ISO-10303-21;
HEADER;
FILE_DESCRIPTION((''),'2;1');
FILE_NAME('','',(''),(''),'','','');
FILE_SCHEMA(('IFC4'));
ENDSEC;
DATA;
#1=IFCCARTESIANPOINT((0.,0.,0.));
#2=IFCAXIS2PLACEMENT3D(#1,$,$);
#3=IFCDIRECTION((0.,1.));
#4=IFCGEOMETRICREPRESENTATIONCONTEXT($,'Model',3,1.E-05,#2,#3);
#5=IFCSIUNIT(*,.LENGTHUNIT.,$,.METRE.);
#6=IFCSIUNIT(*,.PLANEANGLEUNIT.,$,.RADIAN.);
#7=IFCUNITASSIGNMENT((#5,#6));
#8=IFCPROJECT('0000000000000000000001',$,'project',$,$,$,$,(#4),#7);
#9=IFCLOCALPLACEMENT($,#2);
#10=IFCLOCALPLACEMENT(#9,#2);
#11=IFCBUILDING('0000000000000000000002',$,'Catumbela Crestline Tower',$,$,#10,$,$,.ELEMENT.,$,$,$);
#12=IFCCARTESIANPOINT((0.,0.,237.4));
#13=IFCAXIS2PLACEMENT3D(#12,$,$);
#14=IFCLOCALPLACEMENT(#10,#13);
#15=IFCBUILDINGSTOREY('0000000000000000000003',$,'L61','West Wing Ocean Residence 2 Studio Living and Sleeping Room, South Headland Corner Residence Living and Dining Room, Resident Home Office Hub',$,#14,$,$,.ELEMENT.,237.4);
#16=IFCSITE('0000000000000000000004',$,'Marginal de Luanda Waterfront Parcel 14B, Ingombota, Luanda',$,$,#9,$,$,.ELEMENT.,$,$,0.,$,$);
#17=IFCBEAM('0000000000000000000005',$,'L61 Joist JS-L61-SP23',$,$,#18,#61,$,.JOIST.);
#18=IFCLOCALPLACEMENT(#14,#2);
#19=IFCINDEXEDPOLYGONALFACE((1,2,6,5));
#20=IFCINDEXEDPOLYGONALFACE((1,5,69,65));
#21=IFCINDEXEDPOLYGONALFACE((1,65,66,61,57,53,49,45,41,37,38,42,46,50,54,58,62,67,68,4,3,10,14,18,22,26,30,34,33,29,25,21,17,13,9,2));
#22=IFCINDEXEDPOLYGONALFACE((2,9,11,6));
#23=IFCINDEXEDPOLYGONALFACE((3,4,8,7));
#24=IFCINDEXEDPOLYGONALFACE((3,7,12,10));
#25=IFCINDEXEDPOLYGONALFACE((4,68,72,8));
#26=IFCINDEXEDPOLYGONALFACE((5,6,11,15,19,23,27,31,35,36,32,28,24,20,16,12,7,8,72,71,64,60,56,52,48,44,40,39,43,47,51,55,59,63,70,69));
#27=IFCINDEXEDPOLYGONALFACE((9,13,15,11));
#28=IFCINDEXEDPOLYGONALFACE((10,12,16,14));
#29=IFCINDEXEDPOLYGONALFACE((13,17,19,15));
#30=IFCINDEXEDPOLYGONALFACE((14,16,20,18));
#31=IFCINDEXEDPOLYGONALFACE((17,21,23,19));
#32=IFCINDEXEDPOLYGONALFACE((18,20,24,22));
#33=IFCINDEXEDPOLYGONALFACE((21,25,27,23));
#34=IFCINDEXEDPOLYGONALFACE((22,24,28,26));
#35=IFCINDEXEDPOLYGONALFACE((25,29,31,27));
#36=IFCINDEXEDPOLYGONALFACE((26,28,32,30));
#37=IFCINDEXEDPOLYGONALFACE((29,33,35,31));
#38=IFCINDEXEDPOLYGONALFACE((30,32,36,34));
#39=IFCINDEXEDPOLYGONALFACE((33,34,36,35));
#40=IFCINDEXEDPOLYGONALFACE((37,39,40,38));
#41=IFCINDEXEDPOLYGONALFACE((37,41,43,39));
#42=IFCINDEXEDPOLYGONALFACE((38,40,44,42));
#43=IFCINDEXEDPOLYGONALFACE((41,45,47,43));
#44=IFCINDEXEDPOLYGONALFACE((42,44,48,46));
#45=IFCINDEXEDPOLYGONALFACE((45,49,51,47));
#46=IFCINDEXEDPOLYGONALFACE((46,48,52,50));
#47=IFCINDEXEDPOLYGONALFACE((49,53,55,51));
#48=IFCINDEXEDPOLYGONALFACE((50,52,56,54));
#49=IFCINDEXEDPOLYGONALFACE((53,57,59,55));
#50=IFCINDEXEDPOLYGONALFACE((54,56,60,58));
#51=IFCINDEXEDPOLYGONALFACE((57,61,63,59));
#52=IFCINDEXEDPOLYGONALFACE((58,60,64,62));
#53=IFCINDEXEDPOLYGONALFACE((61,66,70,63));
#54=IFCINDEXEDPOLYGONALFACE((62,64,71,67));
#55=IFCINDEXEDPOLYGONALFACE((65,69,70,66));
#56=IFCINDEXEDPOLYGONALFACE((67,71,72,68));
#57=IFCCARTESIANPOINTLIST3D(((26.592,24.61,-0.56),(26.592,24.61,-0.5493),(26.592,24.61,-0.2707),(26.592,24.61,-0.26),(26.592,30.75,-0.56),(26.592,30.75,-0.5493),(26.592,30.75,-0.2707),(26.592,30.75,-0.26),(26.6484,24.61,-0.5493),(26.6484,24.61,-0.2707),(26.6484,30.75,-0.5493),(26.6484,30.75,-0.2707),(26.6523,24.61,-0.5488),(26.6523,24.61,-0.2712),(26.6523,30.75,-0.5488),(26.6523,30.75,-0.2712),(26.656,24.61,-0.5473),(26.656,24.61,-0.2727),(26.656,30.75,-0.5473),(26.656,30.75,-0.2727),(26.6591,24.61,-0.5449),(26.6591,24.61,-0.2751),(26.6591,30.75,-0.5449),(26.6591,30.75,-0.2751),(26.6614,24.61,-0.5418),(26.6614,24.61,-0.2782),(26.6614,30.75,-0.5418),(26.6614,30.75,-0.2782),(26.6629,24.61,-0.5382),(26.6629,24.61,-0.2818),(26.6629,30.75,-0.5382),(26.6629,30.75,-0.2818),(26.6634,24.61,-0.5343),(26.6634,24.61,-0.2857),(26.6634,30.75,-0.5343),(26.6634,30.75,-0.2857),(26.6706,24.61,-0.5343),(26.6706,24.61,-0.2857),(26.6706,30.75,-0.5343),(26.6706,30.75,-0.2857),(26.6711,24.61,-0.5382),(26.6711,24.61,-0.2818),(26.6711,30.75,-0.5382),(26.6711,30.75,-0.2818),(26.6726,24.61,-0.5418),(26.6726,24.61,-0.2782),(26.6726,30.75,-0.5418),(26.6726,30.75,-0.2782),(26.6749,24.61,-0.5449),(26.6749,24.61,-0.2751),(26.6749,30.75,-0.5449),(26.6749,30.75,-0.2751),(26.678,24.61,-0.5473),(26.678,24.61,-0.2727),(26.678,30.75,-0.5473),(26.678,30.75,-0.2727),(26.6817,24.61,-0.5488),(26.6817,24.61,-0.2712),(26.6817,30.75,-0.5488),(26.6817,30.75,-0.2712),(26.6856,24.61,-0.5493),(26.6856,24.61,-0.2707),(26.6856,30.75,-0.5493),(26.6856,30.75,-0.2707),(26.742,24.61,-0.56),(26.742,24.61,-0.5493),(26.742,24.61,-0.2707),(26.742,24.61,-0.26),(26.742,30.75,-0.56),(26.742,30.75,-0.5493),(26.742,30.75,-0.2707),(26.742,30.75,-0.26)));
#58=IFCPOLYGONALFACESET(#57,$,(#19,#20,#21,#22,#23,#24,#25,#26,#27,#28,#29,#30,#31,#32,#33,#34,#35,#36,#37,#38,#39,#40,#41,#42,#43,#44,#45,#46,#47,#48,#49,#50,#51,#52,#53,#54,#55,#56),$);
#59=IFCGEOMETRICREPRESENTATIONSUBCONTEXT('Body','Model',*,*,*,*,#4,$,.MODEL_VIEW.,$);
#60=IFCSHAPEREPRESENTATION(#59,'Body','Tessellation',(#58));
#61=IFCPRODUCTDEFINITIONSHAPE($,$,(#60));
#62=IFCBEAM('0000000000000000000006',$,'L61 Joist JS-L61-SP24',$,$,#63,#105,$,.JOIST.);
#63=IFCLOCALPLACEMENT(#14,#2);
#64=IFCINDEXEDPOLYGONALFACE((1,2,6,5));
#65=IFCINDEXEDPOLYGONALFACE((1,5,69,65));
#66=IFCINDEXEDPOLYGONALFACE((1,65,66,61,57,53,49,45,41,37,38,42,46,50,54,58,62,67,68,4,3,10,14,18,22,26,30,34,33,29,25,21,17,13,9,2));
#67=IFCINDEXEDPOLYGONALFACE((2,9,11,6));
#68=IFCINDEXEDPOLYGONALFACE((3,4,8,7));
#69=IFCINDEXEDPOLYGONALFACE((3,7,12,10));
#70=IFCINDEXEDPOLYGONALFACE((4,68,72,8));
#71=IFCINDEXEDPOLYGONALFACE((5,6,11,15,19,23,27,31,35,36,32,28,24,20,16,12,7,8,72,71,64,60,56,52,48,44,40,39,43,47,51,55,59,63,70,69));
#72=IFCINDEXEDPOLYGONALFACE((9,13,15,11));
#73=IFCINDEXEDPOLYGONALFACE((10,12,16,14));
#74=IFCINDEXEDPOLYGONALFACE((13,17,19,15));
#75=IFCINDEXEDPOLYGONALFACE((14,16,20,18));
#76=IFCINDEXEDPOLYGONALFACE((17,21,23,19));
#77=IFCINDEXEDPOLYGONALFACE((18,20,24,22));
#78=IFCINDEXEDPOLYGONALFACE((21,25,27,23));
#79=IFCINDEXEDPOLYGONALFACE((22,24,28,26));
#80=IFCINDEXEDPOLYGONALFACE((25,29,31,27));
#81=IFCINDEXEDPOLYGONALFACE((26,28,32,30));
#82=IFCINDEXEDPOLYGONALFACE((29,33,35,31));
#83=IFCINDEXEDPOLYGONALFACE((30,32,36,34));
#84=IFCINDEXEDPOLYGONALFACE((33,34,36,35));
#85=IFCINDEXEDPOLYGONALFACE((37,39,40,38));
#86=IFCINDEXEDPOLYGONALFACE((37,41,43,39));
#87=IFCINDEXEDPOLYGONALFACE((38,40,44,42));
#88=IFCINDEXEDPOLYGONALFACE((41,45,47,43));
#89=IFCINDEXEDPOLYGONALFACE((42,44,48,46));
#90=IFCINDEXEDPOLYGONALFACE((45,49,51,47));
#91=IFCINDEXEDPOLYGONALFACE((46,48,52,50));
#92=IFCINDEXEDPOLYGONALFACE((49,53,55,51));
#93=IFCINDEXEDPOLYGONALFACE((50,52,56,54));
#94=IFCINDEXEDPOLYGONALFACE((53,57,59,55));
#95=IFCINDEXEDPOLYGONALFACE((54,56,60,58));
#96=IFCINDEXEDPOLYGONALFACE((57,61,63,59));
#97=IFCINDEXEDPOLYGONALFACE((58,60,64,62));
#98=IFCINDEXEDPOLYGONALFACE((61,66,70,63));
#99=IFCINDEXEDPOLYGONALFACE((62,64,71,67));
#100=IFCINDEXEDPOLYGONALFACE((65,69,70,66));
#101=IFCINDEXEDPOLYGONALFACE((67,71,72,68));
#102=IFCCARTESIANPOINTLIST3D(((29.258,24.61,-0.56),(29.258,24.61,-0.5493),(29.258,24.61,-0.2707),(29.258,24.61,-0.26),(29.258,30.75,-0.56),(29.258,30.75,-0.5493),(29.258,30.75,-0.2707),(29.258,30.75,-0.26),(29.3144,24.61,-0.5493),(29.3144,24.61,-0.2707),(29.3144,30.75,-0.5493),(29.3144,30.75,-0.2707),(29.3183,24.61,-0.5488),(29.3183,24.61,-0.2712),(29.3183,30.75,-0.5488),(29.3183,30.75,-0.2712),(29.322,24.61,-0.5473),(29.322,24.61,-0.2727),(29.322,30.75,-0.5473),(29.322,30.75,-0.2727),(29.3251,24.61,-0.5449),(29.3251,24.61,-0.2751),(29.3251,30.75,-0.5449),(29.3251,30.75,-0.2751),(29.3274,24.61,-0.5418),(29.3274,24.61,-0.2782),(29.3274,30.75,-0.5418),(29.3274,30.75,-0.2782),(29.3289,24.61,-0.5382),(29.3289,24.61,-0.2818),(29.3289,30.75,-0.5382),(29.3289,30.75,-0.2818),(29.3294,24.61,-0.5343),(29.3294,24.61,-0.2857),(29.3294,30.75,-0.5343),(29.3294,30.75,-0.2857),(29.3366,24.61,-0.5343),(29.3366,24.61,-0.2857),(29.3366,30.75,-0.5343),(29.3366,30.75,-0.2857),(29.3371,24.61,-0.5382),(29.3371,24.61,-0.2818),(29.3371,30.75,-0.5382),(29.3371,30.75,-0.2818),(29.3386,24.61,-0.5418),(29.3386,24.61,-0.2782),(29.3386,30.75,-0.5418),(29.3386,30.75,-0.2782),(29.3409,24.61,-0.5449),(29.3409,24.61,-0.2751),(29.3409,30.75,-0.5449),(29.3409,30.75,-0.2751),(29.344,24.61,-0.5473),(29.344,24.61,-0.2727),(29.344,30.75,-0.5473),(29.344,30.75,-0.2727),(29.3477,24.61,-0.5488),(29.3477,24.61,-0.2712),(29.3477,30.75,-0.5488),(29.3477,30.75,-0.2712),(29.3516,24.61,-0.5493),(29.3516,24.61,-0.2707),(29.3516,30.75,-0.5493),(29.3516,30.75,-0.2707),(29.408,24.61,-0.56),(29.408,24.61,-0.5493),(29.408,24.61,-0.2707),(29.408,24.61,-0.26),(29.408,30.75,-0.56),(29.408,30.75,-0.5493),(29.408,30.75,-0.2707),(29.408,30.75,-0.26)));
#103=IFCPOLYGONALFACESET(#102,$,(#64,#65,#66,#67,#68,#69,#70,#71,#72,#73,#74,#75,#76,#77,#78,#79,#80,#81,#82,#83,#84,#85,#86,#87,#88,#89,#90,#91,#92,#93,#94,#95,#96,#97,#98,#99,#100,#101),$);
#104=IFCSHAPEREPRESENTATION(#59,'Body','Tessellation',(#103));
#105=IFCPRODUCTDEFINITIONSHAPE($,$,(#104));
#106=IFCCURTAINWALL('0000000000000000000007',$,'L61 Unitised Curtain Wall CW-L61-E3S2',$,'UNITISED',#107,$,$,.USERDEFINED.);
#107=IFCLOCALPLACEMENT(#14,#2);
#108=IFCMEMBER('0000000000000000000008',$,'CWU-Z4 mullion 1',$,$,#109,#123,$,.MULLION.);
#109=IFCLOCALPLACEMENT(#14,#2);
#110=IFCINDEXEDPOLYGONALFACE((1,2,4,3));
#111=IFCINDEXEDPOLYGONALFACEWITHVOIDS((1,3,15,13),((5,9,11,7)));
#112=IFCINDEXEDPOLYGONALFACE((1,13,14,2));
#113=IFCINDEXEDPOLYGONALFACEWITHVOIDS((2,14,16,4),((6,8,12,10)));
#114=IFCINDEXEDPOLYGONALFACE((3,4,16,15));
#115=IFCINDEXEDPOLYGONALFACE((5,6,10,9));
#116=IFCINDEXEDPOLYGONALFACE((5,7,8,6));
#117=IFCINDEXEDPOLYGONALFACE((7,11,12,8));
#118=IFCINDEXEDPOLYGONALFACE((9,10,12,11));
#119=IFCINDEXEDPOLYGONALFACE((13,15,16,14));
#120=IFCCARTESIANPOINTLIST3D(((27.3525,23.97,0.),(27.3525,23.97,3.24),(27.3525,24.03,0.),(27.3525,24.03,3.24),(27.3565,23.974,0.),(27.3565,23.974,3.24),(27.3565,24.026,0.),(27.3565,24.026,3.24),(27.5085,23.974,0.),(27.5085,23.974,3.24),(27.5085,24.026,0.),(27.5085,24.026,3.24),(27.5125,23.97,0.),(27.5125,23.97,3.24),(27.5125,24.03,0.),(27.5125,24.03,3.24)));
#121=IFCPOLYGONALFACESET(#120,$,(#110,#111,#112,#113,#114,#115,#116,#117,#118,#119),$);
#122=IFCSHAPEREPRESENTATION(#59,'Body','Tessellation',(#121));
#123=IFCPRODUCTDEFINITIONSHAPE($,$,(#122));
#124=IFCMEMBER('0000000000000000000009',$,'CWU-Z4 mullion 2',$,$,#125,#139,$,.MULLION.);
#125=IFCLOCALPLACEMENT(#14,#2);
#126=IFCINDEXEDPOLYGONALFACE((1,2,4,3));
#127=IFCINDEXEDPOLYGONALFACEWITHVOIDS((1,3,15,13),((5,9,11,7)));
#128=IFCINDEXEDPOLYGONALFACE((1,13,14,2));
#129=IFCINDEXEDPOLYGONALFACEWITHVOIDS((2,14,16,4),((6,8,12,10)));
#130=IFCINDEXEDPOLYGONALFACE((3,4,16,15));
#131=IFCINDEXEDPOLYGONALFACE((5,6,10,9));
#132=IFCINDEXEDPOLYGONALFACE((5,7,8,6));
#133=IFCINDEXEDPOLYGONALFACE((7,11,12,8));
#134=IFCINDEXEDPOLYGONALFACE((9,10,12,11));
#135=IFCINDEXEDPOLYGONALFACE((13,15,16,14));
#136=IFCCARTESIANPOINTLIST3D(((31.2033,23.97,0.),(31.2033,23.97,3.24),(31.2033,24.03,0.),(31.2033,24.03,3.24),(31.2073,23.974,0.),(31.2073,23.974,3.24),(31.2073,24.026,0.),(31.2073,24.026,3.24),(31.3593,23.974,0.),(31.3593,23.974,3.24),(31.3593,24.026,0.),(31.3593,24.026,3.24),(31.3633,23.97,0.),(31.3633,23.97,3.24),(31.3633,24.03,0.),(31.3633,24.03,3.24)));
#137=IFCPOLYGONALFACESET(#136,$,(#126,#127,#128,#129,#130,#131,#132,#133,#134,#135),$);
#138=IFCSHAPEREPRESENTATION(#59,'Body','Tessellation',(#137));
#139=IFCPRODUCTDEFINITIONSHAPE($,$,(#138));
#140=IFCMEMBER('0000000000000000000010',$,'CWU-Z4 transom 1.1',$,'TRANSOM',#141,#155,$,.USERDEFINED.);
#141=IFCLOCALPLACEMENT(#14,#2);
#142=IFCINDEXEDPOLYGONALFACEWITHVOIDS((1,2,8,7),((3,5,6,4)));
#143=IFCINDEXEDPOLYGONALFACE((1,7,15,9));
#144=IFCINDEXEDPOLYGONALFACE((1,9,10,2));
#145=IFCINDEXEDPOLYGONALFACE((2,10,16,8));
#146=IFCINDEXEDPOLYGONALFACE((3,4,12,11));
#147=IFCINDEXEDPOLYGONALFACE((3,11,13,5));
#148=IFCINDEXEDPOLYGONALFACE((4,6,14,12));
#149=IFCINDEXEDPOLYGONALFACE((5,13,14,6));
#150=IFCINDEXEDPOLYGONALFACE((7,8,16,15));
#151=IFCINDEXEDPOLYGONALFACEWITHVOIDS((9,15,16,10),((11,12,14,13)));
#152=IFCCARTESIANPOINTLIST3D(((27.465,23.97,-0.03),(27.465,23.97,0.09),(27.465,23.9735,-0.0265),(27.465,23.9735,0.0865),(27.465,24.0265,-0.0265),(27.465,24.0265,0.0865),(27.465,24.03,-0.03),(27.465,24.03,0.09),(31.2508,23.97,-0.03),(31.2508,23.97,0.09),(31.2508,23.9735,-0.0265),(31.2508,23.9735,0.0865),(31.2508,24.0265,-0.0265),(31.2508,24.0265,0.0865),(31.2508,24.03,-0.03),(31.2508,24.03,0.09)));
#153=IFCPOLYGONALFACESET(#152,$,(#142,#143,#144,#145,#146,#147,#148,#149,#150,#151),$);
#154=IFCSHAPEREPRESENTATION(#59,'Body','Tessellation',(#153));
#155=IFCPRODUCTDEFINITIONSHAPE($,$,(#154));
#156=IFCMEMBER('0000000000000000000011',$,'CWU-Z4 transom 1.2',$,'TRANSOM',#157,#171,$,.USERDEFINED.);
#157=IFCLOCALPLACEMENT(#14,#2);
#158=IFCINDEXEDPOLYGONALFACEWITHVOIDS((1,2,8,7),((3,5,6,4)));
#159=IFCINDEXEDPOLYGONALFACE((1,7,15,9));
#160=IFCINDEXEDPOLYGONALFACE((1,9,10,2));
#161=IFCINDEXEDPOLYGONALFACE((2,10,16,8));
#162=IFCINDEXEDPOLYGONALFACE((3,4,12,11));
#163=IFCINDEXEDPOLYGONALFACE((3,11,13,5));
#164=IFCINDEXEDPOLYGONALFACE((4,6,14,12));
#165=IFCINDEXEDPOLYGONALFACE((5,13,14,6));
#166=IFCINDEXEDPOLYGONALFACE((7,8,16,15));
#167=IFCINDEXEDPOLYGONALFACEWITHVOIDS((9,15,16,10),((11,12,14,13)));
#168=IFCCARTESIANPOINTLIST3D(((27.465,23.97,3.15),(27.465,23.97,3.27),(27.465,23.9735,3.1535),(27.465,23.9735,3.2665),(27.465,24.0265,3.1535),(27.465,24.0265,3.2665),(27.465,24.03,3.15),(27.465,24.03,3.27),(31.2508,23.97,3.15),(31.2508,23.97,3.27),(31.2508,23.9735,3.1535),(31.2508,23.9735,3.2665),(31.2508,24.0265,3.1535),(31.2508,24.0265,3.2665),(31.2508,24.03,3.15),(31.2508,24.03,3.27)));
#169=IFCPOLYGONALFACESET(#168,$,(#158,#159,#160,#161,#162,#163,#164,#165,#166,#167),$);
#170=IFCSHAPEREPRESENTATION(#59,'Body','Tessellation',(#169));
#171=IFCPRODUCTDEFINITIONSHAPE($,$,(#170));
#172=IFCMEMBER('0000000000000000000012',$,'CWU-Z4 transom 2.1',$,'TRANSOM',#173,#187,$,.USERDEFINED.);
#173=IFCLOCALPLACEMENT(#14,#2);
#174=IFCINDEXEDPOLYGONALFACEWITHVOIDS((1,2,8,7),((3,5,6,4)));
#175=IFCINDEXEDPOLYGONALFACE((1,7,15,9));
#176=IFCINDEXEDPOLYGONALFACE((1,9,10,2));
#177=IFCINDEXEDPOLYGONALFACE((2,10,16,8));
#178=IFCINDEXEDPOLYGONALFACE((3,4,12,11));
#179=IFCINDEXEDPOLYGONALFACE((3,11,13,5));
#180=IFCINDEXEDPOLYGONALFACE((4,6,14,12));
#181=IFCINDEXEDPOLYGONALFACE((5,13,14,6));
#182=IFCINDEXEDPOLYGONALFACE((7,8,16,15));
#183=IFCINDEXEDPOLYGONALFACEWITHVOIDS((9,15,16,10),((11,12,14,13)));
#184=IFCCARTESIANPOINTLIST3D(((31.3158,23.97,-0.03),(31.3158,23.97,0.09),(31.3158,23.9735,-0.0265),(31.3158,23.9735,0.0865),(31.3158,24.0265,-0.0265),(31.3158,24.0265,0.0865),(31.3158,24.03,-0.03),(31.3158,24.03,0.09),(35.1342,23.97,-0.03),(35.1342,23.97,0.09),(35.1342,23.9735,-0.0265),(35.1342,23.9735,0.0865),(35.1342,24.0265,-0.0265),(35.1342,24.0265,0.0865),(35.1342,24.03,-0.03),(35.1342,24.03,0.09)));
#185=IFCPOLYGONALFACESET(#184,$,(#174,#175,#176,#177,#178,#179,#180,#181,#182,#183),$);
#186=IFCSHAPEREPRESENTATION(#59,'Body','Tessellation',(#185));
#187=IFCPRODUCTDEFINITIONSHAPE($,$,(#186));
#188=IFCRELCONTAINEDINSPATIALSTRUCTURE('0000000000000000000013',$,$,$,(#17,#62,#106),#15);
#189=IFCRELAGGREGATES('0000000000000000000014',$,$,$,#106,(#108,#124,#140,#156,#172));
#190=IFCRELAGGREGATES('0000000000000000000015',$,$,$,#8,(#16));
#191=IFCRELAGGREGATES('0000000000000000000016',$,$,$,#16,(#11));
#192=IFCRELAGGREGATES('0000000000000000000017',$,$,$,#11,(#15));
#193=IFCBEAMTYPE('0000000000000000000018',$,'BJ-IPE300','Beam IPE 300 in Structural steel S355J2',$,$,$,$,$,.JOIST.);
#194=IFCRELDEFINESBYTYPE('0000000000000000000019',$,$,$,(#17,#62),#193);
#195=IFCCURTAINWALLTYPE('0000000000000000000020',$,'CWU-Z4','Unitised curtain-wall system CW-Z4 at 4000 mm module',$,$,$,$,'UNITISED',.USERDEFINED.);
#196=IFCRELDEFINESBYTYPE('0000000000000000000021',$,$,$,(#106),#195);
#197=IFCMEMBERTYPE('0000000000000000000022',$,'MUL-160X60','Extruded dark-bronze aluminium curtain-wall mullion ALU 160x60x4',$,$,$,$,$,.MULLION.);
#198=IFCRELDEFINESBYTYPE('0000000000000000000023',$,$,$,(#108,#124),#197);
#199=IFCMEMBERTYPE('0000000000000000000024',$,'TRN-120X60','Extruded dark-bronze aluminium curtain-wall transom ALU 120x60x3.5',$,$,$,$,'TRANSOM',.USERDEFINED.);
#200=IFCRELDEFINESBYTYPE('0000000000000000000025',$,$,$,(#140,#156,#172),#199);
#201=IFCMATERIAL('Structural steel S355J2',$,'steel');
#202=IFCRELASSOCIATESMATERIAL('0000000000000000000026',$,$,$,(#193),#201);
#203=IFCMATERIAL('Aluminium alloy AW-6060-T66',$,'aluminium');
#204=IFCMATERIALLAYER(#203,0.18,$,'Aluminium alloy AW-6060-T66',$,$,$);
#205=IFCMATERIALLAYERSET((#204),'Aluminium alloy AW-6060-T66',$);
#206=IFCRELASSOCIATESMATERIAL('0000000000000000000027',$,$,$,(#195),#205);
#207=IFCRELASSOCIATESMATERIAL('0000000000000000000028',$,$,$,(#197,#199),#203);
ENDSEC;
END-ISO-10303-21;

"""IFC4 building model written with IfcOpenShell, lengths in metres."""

from ifc_helpers import new_model, si_unit, direction, frame, origin, origin_2d, place, context, subcontext, project, spatial, hollow_rectangle, i_section, extrude, material, layer, layer_set, material_profile, profile_set, type_object, element, aggregate, save


model = new_model("IFC4")

# Units and contexts
model_context = context("Model", 3, precision=1e-05, world=origin(), true_north=direction((0.0, 1.0)))
body_context = subcontext(model_context, "Body", "Model", "MODEL_VIEW")
ifc_project = project(units=[si_unit("LENGTHUNIT", "METRE"), si_unit("PLANEANGLEUNIT", "RADIAN")], contexts=[model_context])

# Site, building, storey
site_placement = place(None, origin())
site = spatial("IfcSite", under=ifc_project, at=site_placement, Name="Marginal de Luanda Waterfront Parcel 14B, Ingombota, Luanda", CompositionType="ELEMENT", RefElevation=0.0)
building_placement = place(site_placement, origin())
building = spatial("IfcBuilding", under=site, at=building_placement, Name="Catumbela Crestline Tower", CompositionType="ELEMENT")
storey_placement = place(building_placement, frame((0.0, 0.0, 237.4)))
storey = spatial("IfcBuildingStorey", under=building, at=storey_placement, Name="L61", Description="West Wing Ocean Residence 2 Studio Living and Sleeping Room, South Headland Corner Residence Living and Dining Room, Resident Home Office Hub", CompositionType="ELEMENT", Elevation=237.4)

# Beams
ifc_material_1 = material(Name="Structural steel S355J2", Category="steel")
ifc_material_profile_1 = material_profile(ifc_material_1, i_section(OverallWidth=0.15, OverallDepth=0.3, WebThickness=0.0071, FlangeThickness=0.0107, FilletRadius=0.015, at=origin_2d()), Name="IPE 300")
ifc_profile_set_1 = profile_set([ifc_material_profile_1], Name="Structural steel S355J2")
beam_type = type_object("IfcBeamType", Name="BJ-IPE300", Description="Beam IPE 300 in Structural steel S355J2", PredefinedType="JOIST", material=ifc_profile_set_1)
for number, where, z_axis, x_axis, name in (
    (1, (26.667, 24.61, -0.41), (0.0, 1.0, 0.0), (-1.0, 0.0, 0.0), "L61 Joist JS-L61-SP23"),
    (2, (29.333, 24.61, -0.41), (0.0, 1.0, 0.0), (-1.0, 0.0, 0.0), "L61 Joist JS-L61-SP24"),
):
    element("IfcBeam", number, at=place(storey_placement, frame(where, z_axis=z_axis, x_axis=x_axis)), inside=storey, type_object=beam_type, Name=name, PredefinedType="JOIST", context=body_context, shape_type="SweptSolid", body=[
        extrude(i_section(OverallWidth=0.15, OverallDepth=0.3, WebThickness=0.0071, FlangeThickness=0.0107, FilletRadius=0.015, at=origin_2d()), origin(), (0.0, 0.0, 1.0), 6.14),
    ])

# Curtain wall, members
ifc_material_2 = material(Name="Aluminium alloy AW-6060-T66", Category="aluminium")
ifc_layer_1 = layer(ifc_material_2, 0.18, Name="Aluminium alloy AW-6060-T66")
ifc_layer_set_1 = layer_set([ifc_layer_1], Name="Aluminium alloy AW-6060-T66")
curtain_wall_type = type_object("IfcCurtainWallType", Name="CWU-Z4", Description="Unitised curtain-wall system CW-Z4 at 4000 mm module", ElementType="UNITISED", PredefinedType="USERDEFINED", material=ifc_layer_set_1)
curtain_wall_placement = place(storey_placement, origin())
curtain_wall = element("IfcCurtainWall", 3, at=curtain_wall_placement, inside=storey, type_object=curtain_wall_type, Name="L61 Unitised Curtain Wall CW-L61-E3S2", ObjectType="UNITISED", PredefinedType="USERDEFINED")
ifc_material_profile_2 = material_profile(ifc_material_2, hollow_rectangle(XDim=0.06, YDim=0.16, WallThickness=0.004, at=origin_2d()), Name="ALU 160x60x4")
ifc_profile_set_2 = profile_set([ifc_material_profile_2], Name="Aluminium alloy AW-6060-T66")
member_type_1 = type_object("IfcMemberType", Name="MUL-160X60", Description="Extruded dark-bronze aluminium curtain-wall mullion ALU 160x60x4", PredefinedType="MULLION", material=ifc_profile_set_2)
member_1_placement = place(storey_placement, frame((27.4325, 24.0, 0.0), z_axis=(0.0, 0.0, 1.0), x_axis=(0.0, 1.0, 0.0)))
member_1 = element("IfcMember", 4, at=member_1_placement, type_object=member_type_1, Name="CWU-Z4 mullion 1", PredefinedType="MULLION", context=body_context, shape_type="SweptSolid", body=[
    extrude(hollow_rectangle(XDim=0.06, YDim=0.16, WallThickness=0.004, at=origin_2d()), origin(), (0.0, 0.0, 1.0), 3.24),
])
member_2_placement = place(storey_placement, frame((31.2833, 24.0, 0.0), z_axis=(0.0, 0.0, 1.0), x_axis=(0.0, 1.0, 0.0)))
member_2 = element("IfcMember", 5, at=member_2_placement, type_object=member_type_1, Name="CWU-Z4 mullion 2", PredefinedType="MULLION", context=body_context, shape_type="SweptSolid", body=[
    extrude(hollow_rectangle(XDim=0.06, YDim=0.16, WallThickness=0.004, at=origin_2d()), origin(), (0.0, 0.0, 1.0), 3.24),
])
ifc_material_profile_3 = material_profile(ifc_material_2, hollow_rectangle(XDim=0.06, YDim=0.12, WallThickness=0.0035, at=origin_2d()), Name="ALU 120x60x3.5")
ifc_profile_set_3 = profile_set([ifc_material_profile_3], Name="Aluminium alloy AW-6060-T66")
member_type_2 = type_object("IfcMemberType", Name="TRN-120X60", Description="Extruded dark-bronze aluminium curtain-wall transom ALU 120x60x3.5", ElementType="TRANSOM", PredefinedType="USERDEFINED", material=ifc_profile_set_3)
member_3_placement = place(storey_placement, frame((27.465, 24.0, 0.03), z_axis=(1.0, 0.0, 0.0), x_axis=(0.0, 1.0, 0.0)))
member_3 = element("IfcMember", 6, at=member_3_placement, type_object=member_type_2, Name="CWU-Z4 transom 1.1", ObjectType="TRANSOM", PredefinedType="USERDEFINED", context=body_context, shape_type="SweptSolid", body=[
    extrude(hollow_rectangle(XDim=0.06, YDim=0.12, WallThickness=0.0035, at=origin_2d()), origin(), (0.0, 0.0, 1.0), 3.7858),
])
member_4_placement = place(storey_placement, frame((27.465, 24.0, 3.21), z_axis=(1.0, 0.0, 0.0), x_axis=(0.0, 1.0, 0.0)))
member_4 = element("IfcMember", 7, at=member_4_placement, type_object=member_type_2, Name="CWU-Z4 transom 1.2", ObjectType="TRANSOM", PredefinedType="USERDEFINED", context=body_context, shape_type="SweptSolid", body=[
    extrude(hollow_rectangle(XDim=0.06, YDim=0.12, WallThickness=0.0035, at=origin_2d()), origin(), (0.0, 0.0, 1.0), 3.7858),
])
member_5_placement = place(storey_placement, frame((31.3158, 24.0, 0.03), z_axis=(1.0, 0.0, 0.0), x_axis=(0.0, 1.0, 0.0)))
member_5 = element("IfcMember", 8, at=member_5_placement, type_object=member_type_2, Name="CWU-Z4 transom 2.1", ObjectType="TRANSOM", PredefinedType="USERDEFINED", context=body_context, shape_type="SweptSolid", body=[
    extrude(hollow_rectangle(XDim=0.06, YDim=0.12, WallThickness=0.0035, at=origin_2d()), origin(), (0.0, 0.0, 1.0), 3.8184),
])
aggregate(curtain_wall, [member_1, member_2, member_3, member_4, member_5])

save(model, "model.ifc")
